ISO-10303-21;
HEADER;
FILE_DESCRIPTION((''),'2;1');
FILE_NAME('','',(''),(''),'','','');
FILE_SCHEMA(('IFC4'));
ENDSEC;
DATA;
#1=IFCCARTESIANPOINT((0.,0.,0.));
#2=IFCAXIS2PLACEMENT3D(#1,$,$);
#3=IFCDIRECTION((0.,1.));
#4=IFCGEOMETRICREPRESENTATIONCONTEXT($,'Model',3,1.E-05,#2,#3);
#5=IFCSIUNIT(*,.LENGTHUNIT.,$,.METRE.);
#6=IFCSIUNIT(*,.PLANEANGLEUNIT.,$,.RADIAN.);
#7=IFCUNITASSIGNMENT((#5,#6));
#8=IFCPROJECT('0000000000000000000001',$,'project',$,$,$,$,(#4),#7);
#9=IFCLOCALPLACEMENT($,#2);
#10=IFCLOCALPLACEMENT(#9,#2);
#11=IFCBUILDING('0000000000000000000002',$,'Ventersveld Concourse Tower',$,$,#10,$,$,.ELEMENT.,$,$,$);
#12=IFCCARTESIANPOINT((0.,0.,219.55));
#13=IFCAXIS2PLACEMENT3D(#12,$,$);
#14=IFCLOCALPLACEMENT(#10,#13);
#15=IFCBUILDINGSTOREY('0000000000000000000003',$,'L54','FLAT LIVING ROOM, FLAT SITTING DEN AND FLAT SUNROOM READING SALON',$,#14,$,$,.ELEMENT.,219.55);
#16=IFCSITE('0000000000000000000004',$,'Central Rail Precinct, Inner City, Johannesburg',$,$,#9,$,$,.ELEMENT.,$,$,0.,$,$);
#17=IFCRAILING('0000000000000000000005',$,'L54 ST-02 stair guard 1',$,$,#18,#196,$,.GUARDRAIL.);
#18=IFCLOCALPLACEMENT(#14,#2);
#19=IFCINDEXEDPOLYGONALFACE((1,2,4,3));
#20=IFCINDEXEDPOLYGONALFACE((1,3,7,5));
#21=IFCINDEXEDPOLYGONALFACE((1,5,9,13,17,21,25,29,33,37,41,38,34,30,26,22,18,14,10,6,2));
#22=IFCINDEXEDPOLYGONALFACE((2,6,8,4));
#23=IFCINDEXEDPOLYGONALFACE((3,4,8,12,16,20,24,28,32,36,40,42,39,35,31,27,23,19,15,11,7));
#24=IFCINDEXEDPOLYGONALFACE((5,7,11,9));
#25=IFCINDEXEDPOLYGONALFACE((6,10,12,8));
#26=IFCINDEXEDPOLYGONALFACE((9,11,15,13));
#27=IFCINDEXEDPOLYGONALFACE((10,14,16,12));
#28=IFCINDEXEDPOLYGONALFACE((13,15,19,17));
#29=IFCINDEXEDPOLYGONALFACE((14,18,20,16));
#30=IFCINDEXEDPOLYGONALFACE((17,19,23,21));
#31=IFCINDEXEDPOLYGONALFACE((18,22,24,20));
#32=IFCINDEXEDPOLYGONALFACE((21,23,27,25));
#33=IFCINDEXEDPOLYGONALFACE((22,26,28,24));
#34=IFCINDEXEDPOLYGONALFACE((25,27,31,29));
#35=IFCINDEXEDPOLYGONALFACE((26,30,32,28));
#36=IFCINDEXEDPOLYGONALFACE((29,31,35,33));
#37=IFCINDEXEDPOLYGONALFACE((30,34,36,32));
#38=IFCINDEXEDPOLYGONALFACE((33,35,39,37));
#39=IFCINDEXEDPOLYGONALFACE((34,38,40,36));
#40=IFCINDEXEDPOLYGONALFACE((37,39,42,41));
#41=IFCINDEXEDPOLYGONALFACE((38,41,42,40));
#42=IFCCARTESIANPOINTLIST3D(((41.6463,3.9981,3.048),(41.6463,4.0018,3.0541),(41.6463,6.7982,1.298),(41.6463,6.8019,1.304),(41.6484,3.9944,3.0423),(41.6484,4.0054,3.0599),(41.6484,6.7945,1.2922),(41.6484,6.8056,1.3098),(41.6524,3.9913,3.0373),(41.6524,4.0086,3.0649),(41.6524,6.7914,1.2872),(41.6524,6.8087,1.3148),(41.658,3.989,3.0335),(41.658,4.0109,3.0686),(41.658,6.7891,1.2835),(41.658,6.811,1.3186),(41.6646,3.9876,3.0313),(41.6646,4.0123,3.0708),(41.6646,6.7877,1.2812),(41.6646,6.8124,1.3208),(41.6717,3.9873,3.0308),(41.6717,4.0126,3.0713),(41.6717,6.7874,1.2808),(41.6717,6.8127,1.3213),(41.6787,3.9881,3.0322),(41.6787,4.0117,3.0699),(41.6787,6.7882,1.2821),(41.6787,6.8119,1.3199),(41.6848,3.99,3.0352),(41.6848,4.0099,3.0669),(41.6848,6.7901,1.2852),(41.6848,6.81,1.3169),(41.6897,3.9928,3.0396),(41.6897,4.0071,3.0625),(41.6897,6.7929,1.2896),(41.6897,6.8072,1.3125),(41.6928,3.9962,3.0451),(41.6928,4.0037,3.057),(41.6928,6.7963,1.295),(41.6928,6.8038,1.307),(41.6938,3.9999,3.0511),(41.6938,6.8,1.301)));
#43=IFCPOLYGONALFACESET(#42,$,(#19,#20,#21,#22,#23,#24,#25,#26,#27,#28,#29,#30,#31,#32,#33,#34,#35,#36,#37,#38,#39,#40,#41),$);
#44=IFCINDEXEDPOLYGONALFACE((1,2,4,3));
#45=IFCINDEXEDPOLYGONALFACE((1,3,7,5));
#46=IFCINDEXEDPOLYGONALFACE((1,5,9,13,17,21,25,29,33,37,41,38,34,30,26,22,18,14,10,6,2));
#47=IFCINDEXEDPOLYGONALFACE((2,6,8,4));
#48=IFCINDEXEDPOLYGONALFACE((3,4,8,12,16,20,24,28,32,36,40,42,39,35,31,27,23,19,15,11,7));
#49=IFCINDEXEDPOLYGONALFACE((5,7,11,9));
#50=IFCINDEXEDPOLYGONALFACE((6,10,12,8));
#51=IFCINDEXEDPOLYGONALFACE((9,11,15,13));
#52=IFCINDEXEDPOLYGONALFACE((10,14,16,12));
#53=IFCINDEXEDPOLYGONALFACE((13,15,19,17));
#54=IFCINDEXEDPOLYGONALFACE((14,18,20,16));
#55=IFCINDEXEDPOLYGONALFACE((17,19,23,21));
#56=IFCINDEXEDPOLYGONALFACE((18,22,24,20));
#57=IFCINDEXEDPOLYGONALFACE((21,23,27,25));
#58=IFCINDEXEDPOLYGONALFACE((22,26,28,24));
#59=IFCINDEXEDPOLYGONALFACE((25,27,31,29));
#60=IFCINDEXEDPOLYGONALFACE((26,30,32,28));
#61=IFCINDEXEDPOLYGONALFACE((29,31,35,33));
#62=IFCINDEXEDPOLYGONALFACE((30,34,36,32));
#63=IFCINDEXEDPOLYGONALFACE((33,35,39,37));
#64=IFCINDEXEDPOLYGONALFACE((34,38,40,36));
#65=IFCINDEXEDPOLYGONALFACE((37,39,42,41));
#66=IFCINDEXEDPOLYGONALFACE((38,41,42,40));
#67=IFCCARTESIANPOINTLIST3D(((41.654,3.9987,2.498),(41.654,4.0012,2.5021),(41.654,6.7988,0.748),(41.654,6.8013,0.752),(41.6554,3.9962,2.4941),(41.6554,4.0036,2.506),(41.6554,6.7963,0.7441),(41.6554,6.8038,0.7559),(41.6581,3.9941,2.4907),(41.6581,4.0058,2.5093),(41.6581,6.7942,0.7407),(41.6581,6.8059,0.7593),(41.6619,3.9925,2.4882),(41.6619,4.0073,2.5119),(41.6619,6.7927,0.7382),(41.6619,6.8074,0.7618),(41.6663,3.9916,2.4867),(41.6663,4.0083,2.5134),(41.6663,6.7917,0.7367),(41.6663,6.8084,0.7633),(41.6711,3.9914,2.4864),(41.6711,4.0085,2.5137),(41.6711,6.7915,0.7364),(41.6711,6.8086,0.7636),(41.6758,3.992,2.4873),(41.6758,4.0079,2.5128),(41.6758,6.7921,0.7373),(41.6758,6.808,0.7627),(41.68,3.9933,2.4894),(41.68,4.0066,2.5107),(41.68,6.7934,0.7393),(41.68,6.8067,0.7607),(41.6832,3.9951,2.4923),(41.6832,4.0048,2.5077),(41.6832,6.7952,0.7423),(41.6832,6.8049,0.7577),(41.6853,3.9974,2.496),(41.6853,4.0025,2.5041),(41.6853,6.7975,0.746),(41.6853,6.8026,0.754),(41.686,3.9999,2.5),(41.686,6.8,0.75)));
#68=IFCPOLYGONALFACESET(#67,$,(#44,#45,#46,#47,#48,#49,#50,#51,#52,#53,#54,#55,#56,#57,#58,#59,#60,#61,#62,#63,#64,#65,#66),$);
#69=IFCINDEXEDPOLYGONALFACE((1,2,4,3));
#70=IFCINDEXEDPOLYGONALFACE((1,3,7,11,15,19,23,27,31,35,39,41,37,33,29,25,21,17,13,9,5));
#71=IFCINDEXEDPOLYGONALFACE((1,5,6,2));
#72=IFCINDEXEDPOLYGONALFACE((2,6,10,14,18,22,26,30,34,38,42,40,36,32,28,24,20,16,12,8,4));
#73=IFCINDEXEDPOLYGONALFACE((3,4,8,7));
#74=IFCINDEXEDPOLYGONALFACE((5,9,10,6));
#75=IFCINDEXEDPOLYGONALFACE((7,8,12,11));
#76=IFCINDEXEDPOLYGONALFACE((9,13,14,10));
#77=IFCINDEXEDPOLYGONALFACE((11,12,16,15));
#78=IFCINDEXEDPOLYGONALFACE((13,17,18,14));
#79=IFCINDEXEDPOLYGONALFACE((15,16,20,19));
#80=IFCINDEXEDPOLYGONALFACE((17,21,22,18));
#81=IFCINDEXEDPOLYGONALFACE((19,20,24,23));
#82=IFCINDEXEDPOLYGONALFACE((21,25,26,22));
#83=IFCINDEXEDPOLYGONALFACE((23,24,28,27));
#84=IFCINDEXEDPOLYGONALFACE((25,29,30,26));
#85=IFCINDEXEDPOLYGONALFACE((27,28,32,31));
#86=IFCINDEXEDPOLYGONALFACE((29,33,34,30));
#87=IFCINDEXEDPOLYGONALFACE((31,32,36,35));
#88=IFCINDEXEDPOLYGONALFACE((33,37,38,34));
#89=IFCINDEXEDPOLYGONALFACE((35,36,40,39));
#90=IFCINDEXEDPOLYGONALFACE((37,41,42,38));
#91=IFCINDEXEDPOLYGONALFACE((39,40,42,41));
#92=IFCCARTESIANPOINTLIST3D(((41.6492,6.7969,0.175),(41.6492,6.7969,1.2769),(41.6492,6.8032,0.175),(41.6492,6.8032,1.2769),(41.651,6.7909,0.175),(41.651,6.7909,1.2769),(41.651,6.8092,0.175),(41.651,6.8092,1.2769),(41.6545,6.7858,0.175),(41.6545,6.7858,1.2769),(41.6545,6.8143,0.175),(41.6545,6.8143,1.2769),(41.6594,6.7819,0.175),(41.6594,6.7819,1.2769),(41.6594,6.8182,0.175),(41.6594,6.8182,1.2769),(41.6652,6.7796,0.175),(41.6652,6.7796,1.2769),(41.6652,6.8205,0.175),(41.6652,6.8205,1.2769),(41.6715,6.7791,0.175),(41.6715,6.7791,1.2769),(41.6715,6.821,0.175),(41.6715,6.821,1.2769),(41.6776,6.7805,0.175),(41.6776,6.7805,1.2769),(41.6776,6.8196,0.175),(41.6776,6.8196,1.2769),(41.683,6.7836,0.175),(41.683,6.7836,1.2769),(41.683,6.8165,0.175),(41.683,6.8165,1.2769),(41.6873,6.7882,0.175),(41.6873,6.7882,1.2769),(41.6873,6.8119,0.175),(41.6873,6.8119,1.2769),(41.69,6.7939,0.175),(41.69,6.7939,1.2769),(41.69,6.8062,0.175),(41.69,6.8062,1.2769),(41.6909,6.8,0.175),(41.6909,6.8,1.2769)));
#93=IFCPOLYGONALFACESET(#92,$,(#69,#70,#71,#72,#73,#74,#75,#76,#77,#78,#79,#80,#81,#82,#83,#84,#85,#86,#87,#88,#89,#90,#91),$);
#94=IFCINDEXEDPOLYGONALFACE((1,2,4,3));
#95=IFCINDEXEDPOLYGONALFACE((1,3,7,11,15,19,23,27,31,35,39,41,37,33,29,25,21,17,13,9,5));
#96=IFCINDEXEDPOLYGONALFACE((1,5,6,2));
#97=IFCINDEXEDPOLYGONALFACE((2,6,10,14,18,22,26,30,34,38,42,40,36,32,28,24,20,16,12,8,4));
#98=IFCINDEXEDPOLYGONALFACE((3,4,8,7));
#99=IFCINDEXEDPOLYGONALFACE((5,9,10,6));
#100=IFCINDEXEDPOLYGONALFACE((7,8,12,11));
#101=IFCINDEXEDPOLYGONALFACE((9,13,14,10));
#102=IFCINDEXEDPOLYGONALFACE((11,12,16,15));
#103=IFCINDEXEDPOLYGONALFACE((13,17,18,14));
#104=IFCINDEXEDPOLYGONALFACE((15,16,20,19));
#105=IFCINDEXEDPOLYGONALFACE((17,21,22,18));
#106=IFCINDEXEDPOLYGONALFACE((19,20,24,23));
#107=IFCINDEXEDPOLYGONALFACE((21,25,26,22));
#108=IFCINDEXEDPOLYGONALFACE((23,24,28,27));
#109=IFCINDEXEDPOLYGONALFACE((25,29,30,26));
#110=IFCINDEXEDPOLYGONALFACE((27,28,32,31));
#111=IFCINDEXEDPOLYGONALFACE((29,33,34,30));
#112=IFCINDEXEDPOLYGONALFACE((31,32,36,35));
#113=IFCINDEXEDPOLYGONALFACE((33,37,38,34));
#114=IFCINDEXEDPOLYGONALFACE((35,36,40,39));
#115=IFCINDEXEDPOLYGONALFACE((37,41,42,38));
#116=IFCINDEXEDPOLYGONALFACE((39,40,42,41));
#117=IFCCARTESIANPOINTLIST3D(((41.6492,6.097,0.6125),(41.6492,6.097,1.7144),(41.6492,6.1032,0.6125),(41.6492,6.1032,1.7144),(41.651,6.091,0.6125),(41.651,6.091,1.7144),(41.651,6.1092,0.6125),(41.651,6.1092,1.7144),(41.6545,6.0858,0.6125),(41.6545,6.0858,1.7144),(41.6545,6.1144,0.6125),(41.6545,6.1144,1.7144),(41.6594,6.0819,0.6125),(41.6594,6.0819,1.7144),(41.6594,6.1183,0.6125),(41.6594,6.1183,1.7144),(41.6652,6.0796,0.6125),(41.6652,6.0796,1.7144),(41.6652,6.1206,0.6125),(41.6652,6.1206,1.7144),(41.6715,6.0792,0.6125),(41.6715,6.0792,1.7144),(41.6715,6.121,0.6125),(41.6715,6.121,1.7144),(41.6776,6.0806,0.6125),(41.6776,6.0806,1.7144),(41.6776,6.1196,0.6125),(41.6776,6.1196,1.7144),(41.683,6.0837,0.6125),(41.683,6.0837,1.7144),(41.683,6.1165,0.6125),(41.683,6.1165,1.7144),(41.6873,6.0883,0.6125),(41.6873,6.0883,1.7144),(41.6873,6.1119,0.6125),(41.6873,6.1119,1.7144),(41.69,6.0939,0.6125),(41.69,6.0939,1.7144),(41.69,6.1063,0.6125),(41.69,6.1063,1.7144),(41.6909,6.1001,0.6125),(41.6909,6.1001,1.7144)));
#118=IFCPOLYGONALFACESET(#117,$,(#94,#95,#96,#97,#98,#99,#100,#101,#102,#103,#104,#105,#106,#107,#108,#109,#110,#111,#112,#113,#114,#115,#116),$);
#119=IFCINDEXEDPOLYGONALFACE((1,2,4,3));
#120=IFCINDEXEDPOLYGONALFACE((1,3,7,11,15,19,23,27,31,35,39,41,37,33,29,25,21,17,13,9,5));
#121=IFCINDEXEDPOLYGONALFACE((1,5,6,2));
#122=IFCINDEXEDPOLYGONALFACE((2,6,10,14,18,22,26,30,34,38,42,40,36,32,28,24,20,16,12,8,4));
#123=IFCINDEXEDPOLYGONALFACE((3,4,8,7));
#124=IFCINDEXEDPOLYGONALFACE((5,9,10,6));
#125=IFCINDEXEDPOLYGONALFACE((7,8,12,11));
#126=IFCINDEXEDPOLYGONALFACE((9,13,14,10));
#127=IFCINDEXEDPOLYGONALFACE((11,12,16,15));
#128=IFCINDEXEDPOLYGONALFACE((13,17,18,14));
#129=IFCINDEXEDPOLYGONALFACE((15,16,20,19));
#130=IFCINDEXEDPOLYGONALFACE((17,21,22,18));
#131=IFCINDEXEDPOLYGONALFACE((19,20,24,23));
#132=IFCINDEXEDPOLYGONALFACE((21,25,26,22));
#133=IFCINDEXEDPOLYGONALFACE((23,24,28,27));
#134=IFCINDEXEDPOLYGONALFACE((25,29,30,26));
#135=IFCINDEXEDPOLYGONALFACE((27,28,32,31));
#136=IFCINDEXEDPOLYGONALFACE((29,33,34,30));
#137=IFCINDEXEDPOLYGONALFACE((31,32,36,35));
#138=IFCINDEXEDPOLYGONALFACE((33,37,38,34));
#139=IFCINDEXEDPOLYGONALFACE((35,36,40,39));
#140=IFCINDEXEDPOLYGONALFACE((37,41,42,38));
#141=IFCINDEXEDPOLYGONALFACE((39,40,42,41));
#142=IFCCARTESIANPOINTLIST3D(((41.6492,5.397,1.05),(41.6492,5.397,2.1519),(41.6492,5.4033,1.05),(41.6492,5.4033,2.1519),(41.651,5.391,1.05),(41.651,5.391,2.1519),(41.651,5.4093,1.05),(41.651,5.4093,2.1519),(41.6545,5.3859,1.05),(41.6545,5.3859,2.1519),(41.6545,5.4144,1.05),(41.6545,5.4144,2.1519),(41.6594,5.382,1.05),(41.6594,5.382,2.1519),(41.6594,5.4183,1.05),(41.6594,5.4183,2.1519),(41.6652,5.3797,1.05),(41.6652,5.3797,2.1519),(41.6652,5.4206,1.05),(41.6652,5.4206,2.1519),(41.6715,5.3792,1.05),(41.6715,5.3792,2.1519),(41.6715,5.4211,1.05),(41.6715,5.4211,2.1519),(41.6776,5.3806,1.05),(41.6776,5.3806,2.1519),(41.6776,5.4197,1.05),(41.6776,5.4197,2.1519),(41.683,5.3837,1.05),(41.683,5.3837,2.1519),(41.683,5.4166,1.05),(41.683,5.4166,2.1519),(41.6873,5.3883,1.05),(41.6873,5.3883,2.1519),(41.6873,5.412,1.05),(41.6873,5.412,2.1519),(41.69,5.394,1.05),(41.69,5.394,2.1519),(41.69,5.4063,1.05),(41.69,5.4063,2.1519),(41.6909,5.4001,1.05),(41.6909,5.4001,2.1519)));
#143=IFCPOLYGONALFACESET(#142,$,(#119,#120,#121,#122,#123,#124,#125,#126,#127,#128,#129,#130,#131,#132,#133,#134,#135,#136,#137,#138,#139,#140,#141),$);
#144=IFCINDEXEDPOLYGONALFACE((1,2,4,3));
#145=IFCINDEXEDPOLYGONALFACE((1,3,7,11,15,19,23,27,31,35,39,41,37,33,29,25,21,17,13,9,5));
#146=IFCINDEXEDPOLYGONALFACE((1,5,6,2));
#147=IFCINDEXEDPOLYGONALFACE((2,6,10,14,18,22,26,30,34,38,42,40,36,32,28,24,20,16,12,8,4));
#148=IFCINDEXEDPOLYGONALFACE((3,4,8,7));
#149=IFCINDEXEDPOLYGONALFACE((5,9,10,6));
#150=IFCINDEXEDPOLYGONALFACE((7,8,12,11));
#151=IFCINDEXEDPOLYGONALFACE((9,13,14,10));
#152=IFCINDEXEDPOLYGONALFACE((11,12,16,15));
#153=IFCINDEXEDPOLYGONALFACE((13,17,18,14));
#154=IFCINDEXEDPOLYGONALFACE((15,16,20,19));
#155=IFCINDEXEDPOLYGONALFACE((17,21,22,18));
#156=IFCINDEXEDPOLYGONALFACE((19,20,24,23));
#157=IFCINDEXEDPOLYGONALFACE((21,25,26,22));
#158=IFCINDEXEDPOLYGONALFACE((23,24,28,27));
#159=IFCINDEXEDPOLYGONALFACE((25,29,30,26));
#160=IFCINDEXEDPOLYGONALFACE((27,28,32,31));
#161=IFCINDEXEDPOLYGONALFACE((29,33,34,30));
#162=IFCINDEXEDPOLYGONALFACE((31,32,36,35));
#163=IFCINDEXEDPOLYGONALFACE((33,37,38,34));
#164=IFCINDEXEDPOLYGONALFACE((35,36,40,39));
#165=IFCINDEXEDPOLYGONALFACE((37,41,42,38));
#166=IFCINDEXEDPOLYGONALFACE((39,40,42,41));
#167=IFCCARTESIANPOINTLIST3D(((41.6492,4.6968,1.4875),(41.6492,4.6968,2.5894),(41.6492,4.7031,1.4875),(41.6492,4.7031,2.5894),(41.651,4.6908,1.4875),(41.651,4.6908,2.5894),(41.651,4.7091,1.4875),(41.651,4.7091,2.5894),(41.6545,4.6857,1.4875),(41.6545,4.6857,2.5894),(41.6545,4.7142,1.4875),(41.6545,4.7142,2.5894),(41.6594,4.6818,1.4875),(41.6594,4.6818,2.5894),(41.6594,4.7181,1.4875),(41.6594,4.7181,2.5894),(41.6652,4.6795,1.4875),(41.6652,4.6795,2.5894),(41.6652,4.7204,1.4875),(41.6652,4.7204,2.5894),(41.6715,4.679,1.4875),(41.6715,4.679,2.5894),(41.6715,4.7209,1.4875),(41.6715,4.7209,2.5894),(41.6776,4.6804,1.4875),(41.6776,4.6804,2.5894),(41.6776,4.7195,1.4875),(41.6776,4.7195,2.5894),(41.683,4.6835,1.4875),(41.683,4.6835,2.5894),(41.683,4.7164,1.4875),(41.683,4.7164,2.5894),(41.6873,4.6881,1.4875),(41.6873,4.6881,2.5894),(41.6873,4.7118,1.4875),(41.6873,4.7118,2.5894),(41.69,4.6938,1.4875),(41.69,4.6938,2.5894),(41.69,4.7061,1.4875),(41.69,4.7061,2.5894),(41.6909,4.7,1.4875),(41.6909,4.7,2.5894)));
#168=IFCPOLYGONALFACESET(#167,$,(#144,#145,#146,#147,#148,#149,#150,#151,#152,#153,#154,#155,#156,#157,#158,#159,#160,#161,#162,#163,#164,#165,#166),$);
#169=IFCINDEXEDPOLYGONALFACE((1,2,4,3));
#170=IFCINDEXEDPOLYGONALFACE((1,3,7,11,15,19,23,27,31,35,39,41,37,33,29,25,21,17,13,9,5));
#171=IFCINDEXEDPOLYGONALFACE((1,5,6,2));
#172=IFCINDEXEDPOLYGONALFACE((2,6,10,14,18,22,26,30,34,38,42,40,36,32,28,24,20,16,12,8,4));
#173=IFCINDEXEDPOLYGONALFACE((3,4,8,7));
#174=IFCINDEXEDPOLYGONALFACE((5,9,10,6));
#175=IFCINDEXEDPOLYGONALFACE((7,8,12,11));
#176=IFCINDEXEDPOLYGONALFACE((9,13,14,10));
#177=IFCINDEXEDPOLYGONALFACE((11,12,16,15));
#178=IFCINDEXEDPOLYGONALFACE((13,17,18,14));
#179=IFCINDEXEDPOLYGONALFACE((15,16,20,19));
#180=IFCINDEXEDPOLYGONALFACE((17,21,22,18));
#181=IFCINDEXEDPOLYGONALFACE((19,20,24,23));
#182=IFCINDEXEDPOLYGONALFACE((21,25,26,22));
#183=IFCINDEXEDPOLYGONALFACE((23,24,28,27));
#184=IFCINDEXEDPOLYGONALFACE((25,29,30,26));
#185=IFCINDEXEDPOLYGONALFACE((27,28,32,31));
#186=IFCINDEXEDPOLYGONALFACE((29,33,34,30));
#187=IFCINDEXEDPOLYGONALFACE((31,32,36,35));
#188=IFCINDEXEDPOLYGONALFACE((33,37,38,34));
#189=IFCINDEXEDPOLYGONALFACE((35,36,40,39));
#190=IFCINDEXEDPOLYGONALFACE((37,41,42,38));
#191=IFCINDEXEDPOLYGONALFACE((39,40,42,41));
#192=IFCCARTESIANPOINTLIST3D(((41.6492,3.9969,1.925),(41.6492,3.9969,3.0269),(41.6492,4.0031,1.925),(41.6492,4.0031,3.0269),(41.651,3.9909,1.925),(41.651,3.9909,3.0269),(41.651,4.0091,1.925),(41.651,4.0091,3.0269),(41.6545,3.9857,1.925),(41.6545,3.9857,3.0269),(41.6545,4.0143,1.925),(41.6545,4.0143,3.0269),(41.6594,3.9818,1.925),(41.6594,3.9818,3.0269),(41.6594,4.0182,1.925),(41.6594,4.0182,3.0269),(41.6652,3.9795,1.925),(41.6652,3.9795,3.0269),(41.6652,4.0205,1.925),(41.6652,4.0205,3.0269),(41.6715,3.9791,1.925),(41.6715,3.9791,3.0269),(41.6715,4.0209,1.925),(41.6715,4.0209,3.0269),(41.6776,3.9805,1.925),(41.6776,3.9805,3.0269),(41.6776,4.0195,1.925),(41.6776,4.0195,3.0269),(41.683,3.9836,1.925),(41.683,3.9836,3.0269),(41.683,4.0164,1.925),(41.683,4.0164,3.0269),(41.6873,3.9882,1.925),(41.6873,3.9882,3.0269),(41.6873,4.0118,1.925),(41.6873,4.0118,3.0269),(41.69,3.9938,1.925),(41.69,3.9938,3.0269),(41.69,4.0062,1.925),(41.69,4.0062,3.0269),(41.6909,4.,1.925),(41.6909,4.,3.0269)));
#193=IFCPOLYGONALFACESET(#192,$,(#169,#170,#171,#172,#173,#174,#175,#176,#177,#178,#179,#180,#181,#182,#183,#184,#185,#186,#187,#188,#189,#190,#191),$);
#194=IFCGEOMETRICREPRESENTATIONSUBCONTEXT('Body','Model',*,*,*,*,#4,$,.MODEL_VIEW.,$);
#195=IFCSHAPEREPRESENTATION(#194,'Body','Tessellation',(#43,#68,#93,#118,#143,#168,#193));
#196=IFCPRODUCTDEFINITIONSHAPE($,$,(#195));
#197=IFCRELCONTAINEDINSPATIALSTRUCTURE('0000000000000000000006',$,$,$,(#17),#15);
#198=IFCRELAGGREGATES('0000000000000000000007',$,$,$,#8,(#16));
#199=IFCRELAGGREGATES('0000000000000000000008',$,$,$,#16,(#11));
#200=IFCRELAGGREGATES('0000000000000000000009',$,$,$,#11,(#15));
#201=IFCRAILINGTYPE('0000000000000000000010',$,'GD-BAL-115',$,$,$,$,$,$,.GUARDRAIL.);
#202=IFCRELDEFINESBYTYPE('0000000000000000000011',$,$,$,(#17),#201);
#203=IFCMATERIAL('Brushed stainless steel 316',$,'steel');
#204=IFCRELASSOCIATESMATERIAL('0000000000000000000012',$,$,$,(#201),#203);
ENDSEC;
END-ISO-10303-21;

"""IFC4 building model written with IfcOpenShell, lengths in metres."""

from ifc_helpers import new_model, si_unit, direction, frame, origin, origin_2d, place, context, subcontext, project, spatial, circle, extrude, material, type_object, element, save


model = new_model("IFC4")

# Units and contexts
model_context = context("Model", 3, precision=1e-05, world=origin(), true_north=direction((0.0, 1.0)))
body_context = subcontext(model_context, "Body", "Model", "MODEL_VIEW")
ifc_project = project(units=[si_unit("LENGTHUNIT", "METRE"), si_unit("PLANEANGLEUNIT", "RADIAN")], contexts=[model_context])

# Site, building, storey
site_placement = place(None, origin())
site = spatial("IfcSite", under=ifc_project, at=site_placement, Name="Central Rail Precinct, Inner City, Johannesburg", CompositionType="ELEMENT", RefElevation=0.0)
building_placement = place(site_placement, origin())
building = spatial("IfcBuilding", under=site, at=building_placement, Name="Ventersveld Concourse Tower", CompositionType="ELEMENT")
storey_placement = place(building_placement, frame((0.0, 0.0, 219.55)))
storey = spatial("IfcBuildingStorey", under=building, at=storey_placement, Name="L54", Description="FLAT LIVING ROOM, FLAT SITTING DEN AND FLAT SUNROOM READING SALON", CompositionType="ELEMENT", Elevation=219.55)

# Shared definitions
ifc_material_1 = material(Name="Brushed stainless steel 316", Category="steel")

# Railing
railing_type_1 = type_object("IfcRailingType", Name="GD-BAL-115", PredefinedType="GUARDRAIL", material=ifc_material_1)
railing_1_placement = place(storey_placement, frame((41.6699, 6.8, 0.175)))
element("IfcRailing", 1, at=railing_1_placement, inside=storey, type_object=railing_type_1, Name="L54 ST-02 stair guard 1", PredefinedType="GUARDRAIL", context=body_context, shape_type="SweptSolid", body=[
    extrude(circle(Radius=0.0239, at=origin_2d()), frame((0.0, 0.0, 1.126), z_axis=(0.0, -0.848002, 0.529992), x_axis=(1.0, 0.0, 0.0)), (0.0, 0.0, 1.0), 3.302),
    extrude(circle(Radius=0.0161, at=origin_2d()), frame((0.0, 0.0, 0.575), z_axis=(0.0, -0.848002, 0.529992), x_axis=(1.0, 0.0, 0.0)), (0.0, 0.0, 1.0), 3.302),
    extrude(circle(Radius=0.021, at=origin_2d()), origin(), (0.0, 0.0, 1.0), 1.1018),
    extrude(circle(Radius=0.021, at=origin_2d()), frame((0.0, -0.7, 0.4375)), (0.0, 0.0, 1.0), 1.1018),
    extrude(circle(Radius=0.021, at=origin_2d()), frame((0.0, -1.3999, 0.875)), (0.0, 0.0, 1.0), 1.1018),
    extrude(circle(Radius=0.021, at=origin_2d()), frame((0.0, -2.1001, 1.3125)), (0.0, 0.0, 1.0), 1.1018),
    extrude(circle(Radius=0.021, at=origin_2d()), frame((0.0, -2.8, 1.75)), (0.0, 0.0, 1.0), 1.1018),
])

save(model, "model.ifc")
